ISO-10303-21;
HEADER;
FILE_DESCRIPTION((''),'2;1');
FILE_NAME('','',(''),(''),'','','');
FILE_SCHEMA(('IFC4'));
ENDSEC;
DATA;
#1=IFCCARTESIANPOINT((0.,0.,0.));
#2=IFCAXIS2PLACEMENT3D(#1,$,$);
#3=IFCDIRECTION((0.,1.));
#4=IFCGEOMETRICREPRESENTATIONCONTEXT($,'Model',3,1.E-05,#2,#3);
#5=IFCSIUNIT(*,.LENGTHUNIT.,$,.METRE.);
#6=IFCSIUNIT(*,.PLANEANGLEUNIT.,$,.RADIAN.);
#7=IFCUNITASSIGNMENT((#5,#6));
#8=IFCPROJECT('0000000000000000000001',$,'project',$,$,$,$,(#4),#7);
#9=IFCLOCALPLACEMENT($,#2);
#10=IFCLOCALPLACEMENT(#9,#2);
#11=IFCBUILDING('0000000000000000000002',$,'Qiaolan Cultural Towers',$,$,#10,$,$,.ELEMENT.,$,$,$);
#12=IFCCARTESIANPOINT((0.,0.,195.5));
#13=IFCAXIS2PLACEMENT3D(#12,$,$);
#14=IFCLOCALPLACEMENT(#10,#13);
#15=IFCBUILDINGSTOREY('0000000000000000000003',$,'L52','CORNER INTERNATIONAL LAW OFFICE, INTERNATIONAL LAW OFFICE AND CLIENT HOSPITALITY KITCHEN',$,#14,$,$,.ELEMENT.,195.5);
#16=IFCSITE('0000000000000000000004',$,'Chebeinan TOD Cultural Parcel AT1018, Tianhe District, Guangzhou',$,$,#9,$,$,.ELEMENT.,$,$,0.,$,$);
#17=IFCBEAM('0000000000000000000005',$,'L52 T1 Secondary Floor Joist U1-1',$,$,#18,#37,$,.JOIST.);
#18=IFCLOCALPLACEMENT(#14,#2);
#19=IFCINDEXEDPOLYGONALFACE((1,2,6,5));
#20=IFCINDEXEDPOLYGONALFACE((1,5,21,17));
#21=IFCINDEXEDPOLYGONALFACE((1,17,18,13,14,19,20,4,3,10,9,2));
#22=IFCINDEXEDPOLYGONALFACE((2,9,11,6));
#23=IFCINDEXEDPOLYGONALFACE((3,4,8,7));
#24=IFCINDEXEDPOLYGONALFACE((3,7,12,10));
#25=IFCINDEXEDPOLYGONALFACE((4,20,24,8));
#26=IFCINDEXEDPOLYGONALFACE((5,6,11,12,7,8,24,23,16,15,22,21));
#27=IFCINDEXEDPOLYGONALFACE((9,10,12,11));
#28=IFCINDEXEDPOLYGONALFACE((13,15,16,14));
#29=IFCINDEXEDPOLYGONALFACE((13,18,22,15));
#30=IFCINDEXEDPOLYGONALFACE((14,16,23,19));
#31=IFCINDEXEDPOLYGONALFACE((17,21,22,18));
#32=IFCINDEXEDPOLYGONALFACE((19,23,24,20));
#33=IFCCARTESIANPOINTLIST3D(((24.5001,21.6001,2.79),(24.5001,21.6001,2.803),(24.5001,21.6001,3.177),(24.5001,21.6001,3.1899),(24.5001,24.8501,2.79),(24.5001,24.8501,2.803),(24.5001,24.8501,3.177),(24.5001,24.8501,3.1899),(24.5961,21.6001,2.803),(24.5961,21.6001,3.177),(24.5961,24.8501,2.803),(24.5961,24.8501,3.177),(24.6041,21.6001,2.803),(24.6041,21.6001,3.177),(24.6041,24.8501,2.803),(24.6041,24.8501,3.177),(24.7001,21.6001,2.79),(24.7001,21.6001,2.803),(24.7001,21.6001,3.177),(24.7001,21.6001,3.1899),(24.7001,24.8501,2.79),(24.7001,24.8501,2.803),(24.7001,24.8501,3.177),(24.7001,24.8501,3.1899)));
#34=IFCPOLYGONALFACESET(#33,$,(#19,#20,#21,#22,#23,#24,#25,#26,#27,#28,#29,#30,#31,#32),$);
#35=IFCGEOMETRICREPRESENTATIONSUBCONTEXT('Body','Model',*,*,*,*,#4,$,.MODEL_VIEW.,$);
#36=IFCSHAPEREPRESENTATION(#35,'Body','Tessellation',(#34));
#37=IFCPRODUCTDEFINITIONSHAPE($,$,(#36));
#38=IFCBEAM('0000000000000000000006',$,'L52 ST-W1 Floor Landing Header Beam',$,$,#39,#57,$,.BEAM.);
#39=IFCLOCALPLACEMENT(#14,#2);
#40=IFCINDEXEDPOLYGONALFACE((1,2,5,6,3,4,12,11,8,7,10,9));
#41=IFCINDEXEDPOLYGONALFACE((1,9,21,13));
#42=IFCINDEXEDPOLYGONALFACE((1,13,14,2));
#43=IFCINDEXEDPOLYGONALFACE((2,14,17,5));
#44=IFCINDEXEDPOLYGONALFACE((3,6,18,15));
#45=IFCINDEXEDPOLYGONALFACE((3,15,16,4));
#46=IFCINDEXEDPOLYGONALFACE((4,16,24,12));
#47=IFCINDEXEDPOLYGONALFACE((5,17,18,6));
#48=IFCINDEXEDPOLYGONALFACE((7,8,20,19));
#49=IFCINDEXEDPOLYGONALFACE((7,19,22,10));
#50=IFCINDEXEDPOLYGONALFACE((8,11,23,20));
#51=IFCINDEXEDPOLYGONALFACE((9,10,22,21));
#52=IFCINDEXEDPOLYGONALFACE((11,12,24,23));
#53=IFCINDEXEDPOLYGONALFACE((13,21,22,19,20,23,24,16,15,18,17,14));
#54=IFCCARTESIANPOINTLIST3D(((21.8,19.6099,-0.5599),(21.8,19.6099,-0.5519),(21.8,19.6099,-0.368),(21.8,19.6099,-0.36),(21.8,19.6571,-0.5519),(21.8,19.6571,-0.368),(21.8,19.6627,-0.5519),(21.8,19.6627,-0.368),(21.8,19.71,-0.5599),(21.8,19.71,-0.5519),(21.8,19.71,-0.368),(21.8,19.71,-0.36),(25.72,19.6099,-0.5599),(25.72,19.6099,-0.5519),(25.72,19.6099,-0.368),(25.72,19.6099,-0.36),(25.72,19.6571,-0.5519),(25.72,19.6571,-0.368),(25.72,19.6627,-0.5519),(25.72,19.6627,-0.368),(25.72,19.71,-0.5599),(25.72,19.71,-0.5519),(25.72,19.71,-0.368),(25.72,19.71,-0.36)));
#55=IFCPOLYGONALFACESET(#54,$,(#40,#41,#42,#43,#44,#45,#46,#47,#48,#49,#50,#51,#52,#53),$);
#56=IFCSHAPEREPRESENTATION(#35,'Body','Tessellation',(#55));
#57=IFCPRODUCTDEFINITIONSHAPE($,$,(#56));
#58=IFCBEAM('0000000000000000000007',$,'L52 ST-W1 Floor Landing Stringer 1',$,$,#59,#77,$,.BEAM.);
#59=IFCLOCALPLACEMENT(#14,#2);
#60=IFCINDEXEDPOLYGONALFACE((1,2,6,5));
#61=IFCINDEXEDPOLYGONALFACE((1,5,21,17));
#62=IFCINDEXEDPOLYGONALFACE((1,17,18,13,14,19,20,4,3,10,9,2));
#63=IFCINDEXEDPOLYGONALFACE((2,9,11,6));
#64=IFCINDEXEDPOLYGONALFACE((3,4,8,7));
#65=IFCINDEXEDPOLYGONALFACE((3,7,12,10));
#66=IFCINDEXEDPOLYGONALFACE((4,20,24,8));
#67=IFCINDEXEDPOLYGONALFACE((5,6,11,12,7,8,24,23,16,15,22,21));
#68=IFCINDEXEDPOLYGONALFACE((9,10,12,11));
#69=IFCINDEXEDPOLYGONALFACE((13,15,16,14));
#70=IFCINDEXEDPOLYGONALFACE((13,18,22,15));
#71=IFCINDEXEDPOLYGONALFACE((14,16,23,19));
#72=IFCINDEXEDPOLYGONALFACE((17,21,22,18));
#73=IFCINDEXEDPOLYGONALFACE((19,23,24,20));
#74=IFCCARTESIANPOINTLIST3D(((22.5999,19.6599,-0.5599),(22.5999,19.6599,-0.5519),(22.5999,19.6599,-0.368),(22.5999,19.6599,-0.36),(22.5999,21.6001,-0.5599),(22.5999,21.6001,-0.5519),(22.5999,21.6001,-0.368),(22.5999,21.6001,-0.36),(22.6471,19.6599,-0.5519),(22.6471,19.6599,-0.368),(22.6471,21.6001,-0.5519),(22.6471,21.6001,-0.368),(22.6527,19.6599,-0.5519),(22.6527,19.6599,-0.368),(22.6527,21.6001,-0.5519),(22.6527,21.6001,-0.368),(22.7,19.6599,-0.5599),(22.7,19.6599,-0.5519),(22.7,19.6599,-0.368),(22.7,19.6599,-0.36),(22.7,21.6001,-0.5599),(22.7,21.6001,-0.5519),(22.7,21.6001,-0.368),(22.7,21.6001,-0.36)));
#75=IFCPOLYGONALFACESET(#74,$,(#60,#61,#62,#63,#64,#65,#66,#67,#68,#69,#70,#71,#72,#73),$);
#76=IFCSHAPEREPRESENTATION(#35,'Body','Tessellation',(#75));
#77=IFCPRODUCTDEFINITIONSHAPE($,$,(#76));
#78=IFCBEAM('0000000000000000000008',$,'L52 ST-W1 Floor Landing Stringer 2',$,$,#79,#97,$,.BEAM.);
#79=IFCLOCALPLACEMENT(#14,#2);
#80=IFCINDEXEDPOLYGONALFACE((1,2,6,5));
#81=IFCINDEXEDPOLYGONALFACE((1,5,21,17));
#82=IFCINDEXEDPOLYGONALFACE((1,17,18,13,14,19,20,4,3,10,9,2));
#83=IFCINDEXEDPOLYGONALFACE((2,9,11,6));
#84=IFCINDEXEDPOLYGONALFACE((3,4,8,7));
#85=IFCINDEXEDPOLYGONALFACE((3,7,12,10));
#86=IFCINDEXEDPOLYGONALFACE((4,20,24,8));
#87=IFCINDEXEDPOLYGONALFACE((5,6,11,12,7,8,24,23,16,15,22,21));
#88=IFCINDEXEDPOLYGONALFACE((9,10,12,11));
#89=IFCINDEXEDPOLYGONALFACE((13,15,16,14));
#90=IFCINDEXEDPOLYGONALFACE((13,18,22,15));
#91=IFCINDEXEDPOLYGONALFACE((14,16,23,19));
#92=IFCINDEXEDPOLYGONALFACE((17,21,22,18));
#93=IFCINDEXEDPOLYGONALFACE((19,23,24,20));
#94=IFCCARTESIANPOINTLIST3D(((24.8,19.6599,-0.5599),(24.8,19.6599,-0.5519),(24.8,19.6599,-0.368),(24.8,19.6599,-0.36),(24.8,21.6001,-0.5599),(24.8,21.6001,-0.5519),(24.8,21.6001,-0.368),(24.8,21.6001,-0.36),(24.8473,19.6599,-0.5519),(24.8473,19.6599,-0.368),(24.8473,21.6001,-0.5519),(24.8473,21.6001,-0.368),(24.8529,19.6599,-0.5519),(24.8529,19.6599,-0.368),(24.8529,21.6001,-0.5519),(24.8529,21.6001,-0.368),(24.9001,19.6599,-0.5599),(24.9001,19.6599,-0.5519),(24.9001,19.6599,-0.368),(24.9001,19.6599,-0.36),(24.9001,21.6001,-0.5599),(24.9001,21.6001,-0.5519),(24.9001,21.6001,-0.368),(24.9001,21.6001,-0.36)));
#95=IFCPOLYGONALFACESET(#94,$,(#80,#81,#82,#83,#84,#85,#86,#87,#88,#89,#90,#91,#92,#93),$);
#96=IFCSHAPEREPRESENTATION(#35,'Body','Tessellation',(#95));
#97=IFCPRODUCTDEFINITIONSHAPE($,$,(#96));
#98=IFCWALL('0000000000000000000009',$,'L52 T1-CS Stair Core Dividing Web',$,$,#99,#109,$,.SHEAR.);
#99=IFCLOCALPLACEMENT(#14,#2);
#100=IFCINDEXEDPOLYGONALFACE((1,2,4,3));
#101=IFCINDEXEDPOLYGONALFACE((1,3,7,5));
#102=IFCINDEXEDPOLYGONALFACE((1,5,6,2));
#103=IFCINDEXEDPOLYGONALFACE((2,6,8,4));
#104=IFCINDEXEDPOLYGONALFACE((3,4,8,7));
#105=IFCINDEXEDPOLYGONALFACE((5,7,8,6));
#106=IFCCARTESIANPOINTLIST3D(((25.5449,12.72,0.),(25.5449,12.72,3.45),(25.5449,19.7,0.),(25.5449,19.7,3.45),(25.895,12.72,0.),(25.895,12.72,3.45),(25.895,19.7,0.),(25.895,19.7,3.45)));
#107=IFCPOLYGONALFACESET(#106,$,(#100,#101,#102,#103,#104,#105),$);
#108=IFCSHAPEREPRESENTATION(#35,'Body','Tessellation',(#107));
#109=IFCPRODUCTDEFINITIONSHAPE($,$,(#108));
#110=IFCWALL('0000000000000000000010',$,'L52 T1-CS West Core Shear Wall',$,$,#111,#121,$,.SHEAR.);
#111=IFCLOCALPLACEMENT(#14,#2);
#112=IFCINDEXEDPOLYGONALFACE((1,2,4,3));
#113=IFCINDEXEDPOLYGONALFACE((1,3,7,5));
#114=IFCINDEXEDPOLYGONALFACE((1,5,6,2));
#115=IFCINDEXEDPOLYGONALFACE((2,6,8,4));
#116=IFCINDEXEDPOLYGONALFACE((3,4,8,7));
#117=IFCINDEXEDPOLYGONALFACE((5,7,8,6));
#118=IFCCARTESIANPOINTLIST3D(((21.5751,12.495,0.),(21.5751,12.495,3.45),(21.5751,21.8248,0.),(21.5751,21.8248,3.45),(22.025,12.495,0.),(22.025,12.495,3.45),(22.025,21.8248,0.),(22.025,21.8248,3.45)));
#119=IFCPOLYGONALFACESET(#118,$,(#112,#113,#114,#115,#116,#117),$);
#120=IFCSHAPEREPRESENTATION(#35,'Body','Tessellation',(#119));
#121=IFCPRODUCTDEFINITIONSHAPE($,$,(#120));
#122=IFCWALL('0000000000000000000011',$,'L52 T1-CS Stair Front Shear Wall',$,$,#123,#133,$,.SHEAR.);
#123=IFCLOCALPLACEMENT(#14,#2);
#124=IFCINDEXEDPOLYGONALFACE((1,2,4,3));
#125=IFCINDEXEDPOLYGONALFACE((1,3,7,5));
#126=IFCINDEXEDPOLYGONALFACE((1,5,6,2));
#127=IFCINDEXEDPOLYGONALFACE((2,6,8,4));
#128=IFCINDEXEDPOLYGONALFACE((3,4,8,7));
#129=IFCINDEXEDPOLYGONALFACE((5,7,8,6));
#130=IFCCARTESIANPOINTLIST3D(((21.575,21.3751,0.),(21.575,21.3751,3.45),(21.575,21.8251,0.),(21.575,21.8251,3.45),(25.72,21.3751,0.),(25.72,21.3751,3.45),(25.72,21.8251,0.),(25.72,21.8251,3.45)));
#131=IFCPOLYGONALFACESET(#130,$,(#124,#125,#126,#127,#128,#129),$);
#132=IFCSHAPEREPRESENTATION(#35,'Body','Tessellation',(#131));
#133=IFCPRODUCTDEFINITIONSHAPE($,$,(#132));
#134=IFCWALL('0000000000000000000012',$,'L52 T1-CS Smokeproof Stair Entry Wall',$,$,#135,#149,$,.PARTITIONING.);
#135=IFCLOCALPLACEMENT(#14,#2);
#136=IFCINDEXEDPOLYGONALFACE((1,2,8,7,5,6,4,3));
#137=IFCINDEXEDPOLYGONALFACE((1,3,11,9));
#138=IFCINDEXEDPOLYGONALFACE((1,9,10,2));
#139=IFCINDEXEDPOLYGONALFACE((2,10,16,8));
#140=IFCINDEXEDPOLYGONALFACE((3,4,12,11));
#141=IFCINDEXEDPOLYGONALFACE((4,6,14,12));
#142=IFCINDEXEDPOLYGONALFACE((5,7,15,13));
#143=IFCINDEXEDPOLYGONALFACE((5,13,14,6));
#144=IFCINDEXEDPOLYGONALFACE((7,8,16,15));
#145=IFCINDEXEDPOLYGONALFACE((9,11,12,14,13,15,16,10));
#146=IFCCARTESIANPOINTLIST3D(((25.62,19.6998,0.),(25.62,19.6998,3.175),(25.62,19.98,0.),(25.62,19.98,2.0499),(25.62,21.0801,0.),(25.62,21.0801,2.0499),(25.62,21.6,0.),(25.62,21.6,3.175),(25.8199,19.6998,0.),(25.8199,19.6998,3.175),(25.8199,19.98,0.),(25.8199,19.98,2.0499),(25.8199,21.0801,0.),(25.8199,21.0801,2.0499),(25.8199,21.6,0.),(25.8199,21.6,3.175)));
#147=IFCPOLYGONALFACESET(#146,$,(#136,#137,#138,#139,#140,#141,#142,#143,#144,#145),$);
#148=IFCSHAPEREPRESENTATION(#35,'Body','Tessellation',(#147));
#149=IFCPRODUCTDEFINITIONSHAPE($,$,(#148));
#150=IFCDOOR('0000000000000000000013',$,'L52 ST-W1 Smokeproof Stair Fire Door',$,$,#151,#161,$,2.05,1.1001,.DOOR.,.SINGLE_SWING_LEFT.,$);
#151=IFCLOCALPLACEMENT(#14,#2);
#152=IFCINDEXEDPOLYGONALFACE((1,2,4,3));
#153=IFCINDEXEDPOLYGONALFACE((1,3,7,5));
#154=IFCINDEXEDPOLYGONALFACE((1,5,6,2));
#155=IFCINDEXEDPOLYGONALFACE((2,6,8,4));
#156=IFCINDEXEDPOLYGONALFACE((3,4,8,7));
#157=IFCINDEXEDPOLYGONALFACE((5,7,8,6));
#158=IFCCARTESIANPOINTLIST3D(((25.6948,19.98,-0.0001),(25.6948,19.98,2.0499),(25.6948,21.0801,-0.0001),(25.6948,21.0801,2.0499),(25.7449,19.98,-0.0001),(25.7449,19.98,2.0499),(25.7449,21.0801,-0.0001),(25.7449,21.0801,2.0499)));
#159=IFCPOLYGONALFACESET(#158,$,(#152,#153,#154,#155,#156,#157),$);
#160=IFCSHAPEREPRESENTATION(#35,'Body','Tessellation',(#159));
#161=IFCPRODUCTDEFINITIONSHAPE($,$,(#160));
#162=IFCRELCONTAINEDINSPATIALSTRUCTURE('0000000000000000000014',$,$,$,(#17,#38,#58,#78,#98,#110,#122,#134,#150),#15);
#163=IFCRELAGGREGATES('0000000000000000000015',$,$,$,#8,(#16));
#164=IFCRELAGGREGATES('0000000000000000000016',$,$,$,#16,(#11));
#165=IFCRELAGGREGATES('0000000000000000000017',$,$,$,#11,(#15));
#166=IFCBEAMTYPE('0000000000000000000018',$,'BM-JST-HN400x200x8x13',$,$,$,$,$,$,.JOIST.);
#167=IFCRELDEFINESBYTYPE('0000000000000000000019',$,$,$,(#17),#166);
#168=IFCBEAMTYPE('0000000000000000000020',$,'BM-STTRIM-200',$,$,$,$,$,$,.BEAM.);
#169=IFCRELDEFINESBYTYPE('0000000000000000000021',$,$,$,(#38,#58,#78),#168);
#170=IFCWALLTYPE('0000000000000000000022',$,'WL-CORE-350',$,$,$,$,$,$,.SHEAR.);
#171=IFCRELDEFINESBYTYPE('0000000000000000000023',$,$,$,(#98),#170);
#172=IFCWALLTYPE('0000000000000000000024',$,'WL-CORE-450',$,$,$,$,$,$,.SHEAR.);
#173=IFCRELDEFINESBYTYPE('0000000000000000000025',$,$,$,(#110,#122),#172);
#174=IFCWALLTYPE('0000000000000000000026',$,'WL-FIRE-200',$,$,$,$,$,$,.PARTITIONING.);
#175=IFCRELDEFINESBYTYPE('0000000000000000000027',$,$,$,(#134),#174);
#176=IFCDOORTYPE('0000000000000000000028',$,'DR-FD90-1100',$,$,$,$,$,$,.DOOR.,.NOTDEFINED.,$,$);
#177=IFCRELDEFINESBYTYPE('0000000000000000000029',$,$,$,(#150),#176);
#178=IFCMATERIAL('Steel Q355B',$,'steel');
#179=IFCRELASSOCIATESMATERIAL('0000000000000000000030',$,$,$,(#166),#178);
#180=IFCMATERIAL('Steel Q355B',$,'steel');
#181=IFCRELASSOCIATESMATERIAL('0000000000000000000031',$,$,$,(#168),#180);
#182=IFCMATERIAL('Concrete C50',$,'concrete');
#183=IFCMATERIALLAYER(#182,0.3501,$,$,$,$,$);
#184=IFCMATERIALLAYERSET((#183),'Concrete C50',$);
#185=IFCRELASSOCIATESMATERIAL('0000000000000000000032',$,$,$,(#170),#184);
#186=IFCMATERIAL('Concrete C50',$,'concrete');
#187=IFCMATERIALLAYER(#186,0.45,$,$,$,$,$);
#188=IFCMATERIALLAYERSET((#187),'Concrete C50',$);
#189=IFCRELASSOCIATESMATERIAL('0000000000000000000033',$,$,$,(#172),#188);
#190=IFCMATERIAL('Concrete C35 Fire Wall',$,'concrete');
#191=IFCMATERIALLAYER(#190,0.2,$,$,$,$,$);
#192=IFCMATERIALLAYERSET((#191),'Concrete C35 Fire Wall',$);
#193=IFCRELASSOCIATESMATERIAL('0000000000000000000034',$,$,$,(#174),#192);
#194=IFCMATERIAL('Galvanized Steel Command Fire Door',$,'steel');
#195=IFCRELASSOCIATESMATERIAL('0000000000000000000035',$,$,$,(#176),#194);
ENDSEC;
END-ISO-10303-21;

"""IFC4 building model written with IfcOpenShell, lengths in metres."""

from ifc_helpers import new_model, si_unit, direction, frame, frame_2d, origin, origin_2d, place, context, subcontext, project, spatial, rectangle, i_section, extrude, material, layer, layer_set, material_profile, profile_set, type_object, element, fill, save


model = new_model("IFC4")

# Units and contexts
model_context = context("Model", 3, precision=1e-05, world=origin(), true_north=direction((0.0, 1.0)))
body_context = subcontext(model_context, "Body", "Model", "MODEL_VIEW")
ifc_project = project(units=[si_unit("LENGTHUNIT", "METRE"), si_unit("PLANEANGLEUNIT", "RADIAN")], contexts=[model_context])

# Site, building, storey
site_placement = place(None, origin())
site = spatial("IfcSite", under=ifc_project, at=site_placement, Name="Chebeinan TOD Cultural Parcel AT1018, Tianhe District, Guangzhou", CompositionType="ELEMENT", RefElevation=0.0)
building_placement = place(site_placement, origin())
building = spatial("IfcBuilding", under=site, at=building_placement, Name="Qiaolan Cultural Towers", CompositionType="ELEMENT")
storey_placement = place(building_placement, frame((0.0, 0.0, 195.5)))
storey = spatial("IfcBuildingStorey", under=building, at=storey_placement, Name="L52", Description="CORNER INTERNATIONAL LAW OFFICE, INTERNATIONAL LAW OFFICE AND CLIENT HOSPITALITY KITCHEN", CompositionType="ELEMENT", Elevation=195.5)

# Beams
ifc_material_1 = material(Name="Steel Q355B", Category="steel")
ifc_material_profile_1 = material_profile(ifc_material_1, i_section(OverallWidth=0.2, OverallDepth=0.3999, WebThickness=0.0081, FlangeThickness=0.0129, at=origin_2d()), Name="HN400x200x8x13")
ifc_profile_set_1 = profile_set([ifc_material_profile_1], Name="Steel Q355B")
beam_type_1 = type_object("IfcBeamType", Name="BM-JST-HN400x200x8x13", PredefinedType="JOIST", material=ifc_profile_set_1)
beam_1_placement = place(storey_placement, frame((24.6001, 21.6001, 2.99), z_axis=(0.0, 1.0, 0.0), x_axis=(-1.0, 0.0, 0.0)))
element("IfcBeam", 1, at=beam_1_placement, inside=storey, type_object=beam_type_1, Name="L52 T1 Secondary Floor Joist U1-1", PredefinedType="JOIST", context=body_context, shape_type="SweptSolid", body=[
    extrude(i_section(OverallWidth=0.2, OverallDepth=0.3999, WebThickness=0.0081, FlangeThickness=0.0129, at=origin_2d()), origin(), (0.0, 0.0, 1.0), 3.25),
])
ifc_material_2 = material(Name="Steel Q355B", Category="steel")
ifc_material_profile_2 = material_profile(ifc_material_2, i_section(OverallWidth=0.1001, OverallDepth=0.2, WebThickness=0.0056, FlangeThickness=0.0081, at=origin_2d()), Name="HN200x100x5.5x8")
ifc_profile_set_2 = profile_set([ifc_material_profile_2], Name="Steel Q355B")
beam_type_2 = type_object("IfcBeamType", Name="BM-STTRIM-200", PredefinedType="BEAM", material=ifc_profile_set_2)
beam_2_placement = place(storey_placement, frame((21.8, 19.6599, -0.46), z_axis=(1.0, 0.0, 0.0), x_axis=(0.0, 1.0, 0.0)))
element("IfcBeam", 2, at=beam_2_placement, inside=storey, type_object=beam_type_2, Name="L52 ST-W1 Floor Landing Header Beam", PredefinedType="BEAM", context=body_context, shape_type="SweptSolid", body=[
    extrude(i_section(OverallWidth=0.1001, OverallDepth=0.2, WebThickness=0.0056, FlangeThickness=0.0081, at=origin_2d()), origin(), (0.0, 0.0, 1.0), 3.9199),
])
for number, where, z_axis, x_axis, name in (
    (3, (22.6499, 21.6001, -0.46), (0.0, -1.0, 0.0), (1.0, 0.0, 0.0), "L52 ST-W1 Floor Landing Stringer 1"),
    (4, (24.8501, 21.6001, -0.46), (0.0, -1.0, 0.0), (1.0, 0.0, 0.0), "L52 ST-W1 Floor Landing Stringer 2"),
):
    element("IfcBeam", number, at=place(storey_placement, frame(where, z_axis=z_axis, x_axis=x_axis)), inside=storey, type_object=beam_type_2, Name=name, PredefinedType="BEAM", context=body_context, shape_type="SweptSolid", body=[
        extrude(i_section(OverallWidth=0.1001, OverallDepth=0.2, WebThickness=0.0056, FlangeThickness=0.0081, at=origin_2d()), origin(), (0.0, 0.0, 1.0), 1.9402),
    ])

# Walls
ifc_material_3 = material(Name="Concrete C50", Category="concrete")
ifc_layer_1 = layer(ifc_material_3, 0.3501)
ifc_layer_set_1 = layer_set([ifc_layer_1], Name="Concrete C50")
wall_type_1 = type_object("IfcWallType", Name="WL-CORE-350", PredefinedType="SHEAR", material=ifc_layer_set_1)
wall_1_placement = place(storey_placement, frame((25.72, 19.7, 0.0), z_axis=(0.0, 0.0, 1.0), x_axis=(0.0, -1.0, 0.0)))
element("IfcWall", 5, at=wall_1_placement, inside=storey, type_object=wall_type_1, Name="L52 T1-CS Stair Core Dividing Web", PredefinedType="SHEAR", context=body_context, shape_type="SweptSolid", body=[
    extrude(rectangle(XDim=6.98, YDim=0.3501, at=frame_2d((3.49, 0.0))), origin(), (0.0, 0.0, 1.0), 3.45),
])
ifc_material_4 = material(Name="Concrete C50", Category="concrete")
ifc_layer_2 = layer(ifc_material_4, 0.45)
ifc_layer_set_2 = layer_set([ifc_layer_2], Name="Concrete C50")
wall_type_2 = type_object("IfcWallType", Name="WL-CORE-450", PredefinedType="SHEAR", material=ifc_layer_set_2)
wall_2_placement = place(storey_placement, frame((21.8, 21.825, 0.0), z_axis=(0.0, 0.0, 1.0), x_axis=(0.0, -1.0, 0.0)))
element("IfcWall", 6, at=wall_2_placement, inside=storey, type_object=wall_type_2, Name="L52 T1-CS West Core Shear Wall", PredefinedType="SHEAR", context=body_context, shape_type="SweptSolid", body=[
    extrude(rectangle(XDim=9.3298, YDim=0.45, at=frame_2d((4.665, 0.0))), origin(), (0.0, 0.0, 1.0), 3.45),
])
wall_3_placement = place(storey_placement, frame((21.575, 21.6001, 0.0), z_axis=(0.0, 0.0, 1.0), x_axis=(1.0, 0.0, 0.0)))
element("IfcWall", 7, at=wall_3_placement, inside=storey, type_object=wall_type_2, Name="L52 T1-CS Stair Front Shear Wall", PredefinedType="SHEAR", context=body_context, shape_type="SweptSolid", body=[
    extrude(rectangle(XDim=4.145, YDim=0.45, at=frame_2d((2.0725, 0.0))), origin(), (0.0, 0.0, 1.0), 3.45),
])

# Wall, opening, door
ifc_material_5 = material(Name="Concrete C35 Fire Wall", Category="concrete")
ifc_layer_3 = layer(ifc_material_5, 0.2)
ifc_layer_set_3 = layer_set([ifc_layer_3], Name="Concrete C35 Fire Wall")
wall_type_3 = type_object("IfcWallType", Name="WL-FIRE-200", PredefinedType="PARTITIONING", material=ifc_layer_set_3)
wall_4_placement = place(storey_placement, frame((25.72, 21.6001, 0.0), z_axis=(0.0, 0.0, 1.0), x_axis=(0.0, -1.0, 0.0)))
wall_4 = element("IfcWall", 8, at=wall_4_placement, inside=storey, type_object=wall_type_3, Name="L52 T1-CS Smokeproof Stair Entry Wall", PredefinedType="PARTITIONING", context=body_context, shape_type="SweptSolid", body=[
    extrude(rectangle(XDim=1.9001, YDim=0.2, at=frame_2d((0.9502, 0.0))), origin(), (0.0, 0.0, 1.0), 3.175),
])
opening_1_placement = place(wall_4_placement, frame((0.52, 0.0, 0.0)))
opening_1 = element("IfcOpeningElement", 9, at=opening_1_placement, cuts=wall_4, PredefinedType="OPENING", context=body_context, shape_type="SweptSolid", body=[
    extrude(rectangle(XDim=1.1001, YDim=2.05, at=frame_2d((0.55, 1.0249))), frame((0.0, 0.1099, 0.0), z_axis=(0.0, -1.0, 0.0), x_axis=(1.0, 0.0, 0.0)), (0.0, 0.0, 1.0), 0.22),
])
ifc_material_6 = material(Name="Galvanized Steel Command Fire Door", Category="steel")
door_type_1 = type_object("IfcDoorType", Name="DR-FD90-1100", OperationType="NOTDEFINED", PredefinedType="DOOR", material=ifc_material_6)
door_1_placement = place(opening_1_placement, origin())
door_1 = element("IfcDoor", 10, at=door_1_placement, inside=storey, type_object=door_type_1, Name="L52 ST-W1 Smokeproof Stair Fire Door", OperationType="SINGLE_SWING_LEFT", OverallHeight=2.05, OverallWidth=1.1001, PredefinedType="DOOR", context=body_context, shape_type="SweptSolid", body=[
    extrude(rectangle(XDim=1.1001, YDim=2.05, at=frame_2d((0.55, 1.0249))), frame((0.0, 0.0249, 0.0), z_axis=(0.0, -1.0, 0.0), x_axis=(1.0, 0.0, 0.0)), (0.0, 0.0, 1.0), 0.05),
])
fill(opening_1, door_1)

save(model, "model.ifc")
